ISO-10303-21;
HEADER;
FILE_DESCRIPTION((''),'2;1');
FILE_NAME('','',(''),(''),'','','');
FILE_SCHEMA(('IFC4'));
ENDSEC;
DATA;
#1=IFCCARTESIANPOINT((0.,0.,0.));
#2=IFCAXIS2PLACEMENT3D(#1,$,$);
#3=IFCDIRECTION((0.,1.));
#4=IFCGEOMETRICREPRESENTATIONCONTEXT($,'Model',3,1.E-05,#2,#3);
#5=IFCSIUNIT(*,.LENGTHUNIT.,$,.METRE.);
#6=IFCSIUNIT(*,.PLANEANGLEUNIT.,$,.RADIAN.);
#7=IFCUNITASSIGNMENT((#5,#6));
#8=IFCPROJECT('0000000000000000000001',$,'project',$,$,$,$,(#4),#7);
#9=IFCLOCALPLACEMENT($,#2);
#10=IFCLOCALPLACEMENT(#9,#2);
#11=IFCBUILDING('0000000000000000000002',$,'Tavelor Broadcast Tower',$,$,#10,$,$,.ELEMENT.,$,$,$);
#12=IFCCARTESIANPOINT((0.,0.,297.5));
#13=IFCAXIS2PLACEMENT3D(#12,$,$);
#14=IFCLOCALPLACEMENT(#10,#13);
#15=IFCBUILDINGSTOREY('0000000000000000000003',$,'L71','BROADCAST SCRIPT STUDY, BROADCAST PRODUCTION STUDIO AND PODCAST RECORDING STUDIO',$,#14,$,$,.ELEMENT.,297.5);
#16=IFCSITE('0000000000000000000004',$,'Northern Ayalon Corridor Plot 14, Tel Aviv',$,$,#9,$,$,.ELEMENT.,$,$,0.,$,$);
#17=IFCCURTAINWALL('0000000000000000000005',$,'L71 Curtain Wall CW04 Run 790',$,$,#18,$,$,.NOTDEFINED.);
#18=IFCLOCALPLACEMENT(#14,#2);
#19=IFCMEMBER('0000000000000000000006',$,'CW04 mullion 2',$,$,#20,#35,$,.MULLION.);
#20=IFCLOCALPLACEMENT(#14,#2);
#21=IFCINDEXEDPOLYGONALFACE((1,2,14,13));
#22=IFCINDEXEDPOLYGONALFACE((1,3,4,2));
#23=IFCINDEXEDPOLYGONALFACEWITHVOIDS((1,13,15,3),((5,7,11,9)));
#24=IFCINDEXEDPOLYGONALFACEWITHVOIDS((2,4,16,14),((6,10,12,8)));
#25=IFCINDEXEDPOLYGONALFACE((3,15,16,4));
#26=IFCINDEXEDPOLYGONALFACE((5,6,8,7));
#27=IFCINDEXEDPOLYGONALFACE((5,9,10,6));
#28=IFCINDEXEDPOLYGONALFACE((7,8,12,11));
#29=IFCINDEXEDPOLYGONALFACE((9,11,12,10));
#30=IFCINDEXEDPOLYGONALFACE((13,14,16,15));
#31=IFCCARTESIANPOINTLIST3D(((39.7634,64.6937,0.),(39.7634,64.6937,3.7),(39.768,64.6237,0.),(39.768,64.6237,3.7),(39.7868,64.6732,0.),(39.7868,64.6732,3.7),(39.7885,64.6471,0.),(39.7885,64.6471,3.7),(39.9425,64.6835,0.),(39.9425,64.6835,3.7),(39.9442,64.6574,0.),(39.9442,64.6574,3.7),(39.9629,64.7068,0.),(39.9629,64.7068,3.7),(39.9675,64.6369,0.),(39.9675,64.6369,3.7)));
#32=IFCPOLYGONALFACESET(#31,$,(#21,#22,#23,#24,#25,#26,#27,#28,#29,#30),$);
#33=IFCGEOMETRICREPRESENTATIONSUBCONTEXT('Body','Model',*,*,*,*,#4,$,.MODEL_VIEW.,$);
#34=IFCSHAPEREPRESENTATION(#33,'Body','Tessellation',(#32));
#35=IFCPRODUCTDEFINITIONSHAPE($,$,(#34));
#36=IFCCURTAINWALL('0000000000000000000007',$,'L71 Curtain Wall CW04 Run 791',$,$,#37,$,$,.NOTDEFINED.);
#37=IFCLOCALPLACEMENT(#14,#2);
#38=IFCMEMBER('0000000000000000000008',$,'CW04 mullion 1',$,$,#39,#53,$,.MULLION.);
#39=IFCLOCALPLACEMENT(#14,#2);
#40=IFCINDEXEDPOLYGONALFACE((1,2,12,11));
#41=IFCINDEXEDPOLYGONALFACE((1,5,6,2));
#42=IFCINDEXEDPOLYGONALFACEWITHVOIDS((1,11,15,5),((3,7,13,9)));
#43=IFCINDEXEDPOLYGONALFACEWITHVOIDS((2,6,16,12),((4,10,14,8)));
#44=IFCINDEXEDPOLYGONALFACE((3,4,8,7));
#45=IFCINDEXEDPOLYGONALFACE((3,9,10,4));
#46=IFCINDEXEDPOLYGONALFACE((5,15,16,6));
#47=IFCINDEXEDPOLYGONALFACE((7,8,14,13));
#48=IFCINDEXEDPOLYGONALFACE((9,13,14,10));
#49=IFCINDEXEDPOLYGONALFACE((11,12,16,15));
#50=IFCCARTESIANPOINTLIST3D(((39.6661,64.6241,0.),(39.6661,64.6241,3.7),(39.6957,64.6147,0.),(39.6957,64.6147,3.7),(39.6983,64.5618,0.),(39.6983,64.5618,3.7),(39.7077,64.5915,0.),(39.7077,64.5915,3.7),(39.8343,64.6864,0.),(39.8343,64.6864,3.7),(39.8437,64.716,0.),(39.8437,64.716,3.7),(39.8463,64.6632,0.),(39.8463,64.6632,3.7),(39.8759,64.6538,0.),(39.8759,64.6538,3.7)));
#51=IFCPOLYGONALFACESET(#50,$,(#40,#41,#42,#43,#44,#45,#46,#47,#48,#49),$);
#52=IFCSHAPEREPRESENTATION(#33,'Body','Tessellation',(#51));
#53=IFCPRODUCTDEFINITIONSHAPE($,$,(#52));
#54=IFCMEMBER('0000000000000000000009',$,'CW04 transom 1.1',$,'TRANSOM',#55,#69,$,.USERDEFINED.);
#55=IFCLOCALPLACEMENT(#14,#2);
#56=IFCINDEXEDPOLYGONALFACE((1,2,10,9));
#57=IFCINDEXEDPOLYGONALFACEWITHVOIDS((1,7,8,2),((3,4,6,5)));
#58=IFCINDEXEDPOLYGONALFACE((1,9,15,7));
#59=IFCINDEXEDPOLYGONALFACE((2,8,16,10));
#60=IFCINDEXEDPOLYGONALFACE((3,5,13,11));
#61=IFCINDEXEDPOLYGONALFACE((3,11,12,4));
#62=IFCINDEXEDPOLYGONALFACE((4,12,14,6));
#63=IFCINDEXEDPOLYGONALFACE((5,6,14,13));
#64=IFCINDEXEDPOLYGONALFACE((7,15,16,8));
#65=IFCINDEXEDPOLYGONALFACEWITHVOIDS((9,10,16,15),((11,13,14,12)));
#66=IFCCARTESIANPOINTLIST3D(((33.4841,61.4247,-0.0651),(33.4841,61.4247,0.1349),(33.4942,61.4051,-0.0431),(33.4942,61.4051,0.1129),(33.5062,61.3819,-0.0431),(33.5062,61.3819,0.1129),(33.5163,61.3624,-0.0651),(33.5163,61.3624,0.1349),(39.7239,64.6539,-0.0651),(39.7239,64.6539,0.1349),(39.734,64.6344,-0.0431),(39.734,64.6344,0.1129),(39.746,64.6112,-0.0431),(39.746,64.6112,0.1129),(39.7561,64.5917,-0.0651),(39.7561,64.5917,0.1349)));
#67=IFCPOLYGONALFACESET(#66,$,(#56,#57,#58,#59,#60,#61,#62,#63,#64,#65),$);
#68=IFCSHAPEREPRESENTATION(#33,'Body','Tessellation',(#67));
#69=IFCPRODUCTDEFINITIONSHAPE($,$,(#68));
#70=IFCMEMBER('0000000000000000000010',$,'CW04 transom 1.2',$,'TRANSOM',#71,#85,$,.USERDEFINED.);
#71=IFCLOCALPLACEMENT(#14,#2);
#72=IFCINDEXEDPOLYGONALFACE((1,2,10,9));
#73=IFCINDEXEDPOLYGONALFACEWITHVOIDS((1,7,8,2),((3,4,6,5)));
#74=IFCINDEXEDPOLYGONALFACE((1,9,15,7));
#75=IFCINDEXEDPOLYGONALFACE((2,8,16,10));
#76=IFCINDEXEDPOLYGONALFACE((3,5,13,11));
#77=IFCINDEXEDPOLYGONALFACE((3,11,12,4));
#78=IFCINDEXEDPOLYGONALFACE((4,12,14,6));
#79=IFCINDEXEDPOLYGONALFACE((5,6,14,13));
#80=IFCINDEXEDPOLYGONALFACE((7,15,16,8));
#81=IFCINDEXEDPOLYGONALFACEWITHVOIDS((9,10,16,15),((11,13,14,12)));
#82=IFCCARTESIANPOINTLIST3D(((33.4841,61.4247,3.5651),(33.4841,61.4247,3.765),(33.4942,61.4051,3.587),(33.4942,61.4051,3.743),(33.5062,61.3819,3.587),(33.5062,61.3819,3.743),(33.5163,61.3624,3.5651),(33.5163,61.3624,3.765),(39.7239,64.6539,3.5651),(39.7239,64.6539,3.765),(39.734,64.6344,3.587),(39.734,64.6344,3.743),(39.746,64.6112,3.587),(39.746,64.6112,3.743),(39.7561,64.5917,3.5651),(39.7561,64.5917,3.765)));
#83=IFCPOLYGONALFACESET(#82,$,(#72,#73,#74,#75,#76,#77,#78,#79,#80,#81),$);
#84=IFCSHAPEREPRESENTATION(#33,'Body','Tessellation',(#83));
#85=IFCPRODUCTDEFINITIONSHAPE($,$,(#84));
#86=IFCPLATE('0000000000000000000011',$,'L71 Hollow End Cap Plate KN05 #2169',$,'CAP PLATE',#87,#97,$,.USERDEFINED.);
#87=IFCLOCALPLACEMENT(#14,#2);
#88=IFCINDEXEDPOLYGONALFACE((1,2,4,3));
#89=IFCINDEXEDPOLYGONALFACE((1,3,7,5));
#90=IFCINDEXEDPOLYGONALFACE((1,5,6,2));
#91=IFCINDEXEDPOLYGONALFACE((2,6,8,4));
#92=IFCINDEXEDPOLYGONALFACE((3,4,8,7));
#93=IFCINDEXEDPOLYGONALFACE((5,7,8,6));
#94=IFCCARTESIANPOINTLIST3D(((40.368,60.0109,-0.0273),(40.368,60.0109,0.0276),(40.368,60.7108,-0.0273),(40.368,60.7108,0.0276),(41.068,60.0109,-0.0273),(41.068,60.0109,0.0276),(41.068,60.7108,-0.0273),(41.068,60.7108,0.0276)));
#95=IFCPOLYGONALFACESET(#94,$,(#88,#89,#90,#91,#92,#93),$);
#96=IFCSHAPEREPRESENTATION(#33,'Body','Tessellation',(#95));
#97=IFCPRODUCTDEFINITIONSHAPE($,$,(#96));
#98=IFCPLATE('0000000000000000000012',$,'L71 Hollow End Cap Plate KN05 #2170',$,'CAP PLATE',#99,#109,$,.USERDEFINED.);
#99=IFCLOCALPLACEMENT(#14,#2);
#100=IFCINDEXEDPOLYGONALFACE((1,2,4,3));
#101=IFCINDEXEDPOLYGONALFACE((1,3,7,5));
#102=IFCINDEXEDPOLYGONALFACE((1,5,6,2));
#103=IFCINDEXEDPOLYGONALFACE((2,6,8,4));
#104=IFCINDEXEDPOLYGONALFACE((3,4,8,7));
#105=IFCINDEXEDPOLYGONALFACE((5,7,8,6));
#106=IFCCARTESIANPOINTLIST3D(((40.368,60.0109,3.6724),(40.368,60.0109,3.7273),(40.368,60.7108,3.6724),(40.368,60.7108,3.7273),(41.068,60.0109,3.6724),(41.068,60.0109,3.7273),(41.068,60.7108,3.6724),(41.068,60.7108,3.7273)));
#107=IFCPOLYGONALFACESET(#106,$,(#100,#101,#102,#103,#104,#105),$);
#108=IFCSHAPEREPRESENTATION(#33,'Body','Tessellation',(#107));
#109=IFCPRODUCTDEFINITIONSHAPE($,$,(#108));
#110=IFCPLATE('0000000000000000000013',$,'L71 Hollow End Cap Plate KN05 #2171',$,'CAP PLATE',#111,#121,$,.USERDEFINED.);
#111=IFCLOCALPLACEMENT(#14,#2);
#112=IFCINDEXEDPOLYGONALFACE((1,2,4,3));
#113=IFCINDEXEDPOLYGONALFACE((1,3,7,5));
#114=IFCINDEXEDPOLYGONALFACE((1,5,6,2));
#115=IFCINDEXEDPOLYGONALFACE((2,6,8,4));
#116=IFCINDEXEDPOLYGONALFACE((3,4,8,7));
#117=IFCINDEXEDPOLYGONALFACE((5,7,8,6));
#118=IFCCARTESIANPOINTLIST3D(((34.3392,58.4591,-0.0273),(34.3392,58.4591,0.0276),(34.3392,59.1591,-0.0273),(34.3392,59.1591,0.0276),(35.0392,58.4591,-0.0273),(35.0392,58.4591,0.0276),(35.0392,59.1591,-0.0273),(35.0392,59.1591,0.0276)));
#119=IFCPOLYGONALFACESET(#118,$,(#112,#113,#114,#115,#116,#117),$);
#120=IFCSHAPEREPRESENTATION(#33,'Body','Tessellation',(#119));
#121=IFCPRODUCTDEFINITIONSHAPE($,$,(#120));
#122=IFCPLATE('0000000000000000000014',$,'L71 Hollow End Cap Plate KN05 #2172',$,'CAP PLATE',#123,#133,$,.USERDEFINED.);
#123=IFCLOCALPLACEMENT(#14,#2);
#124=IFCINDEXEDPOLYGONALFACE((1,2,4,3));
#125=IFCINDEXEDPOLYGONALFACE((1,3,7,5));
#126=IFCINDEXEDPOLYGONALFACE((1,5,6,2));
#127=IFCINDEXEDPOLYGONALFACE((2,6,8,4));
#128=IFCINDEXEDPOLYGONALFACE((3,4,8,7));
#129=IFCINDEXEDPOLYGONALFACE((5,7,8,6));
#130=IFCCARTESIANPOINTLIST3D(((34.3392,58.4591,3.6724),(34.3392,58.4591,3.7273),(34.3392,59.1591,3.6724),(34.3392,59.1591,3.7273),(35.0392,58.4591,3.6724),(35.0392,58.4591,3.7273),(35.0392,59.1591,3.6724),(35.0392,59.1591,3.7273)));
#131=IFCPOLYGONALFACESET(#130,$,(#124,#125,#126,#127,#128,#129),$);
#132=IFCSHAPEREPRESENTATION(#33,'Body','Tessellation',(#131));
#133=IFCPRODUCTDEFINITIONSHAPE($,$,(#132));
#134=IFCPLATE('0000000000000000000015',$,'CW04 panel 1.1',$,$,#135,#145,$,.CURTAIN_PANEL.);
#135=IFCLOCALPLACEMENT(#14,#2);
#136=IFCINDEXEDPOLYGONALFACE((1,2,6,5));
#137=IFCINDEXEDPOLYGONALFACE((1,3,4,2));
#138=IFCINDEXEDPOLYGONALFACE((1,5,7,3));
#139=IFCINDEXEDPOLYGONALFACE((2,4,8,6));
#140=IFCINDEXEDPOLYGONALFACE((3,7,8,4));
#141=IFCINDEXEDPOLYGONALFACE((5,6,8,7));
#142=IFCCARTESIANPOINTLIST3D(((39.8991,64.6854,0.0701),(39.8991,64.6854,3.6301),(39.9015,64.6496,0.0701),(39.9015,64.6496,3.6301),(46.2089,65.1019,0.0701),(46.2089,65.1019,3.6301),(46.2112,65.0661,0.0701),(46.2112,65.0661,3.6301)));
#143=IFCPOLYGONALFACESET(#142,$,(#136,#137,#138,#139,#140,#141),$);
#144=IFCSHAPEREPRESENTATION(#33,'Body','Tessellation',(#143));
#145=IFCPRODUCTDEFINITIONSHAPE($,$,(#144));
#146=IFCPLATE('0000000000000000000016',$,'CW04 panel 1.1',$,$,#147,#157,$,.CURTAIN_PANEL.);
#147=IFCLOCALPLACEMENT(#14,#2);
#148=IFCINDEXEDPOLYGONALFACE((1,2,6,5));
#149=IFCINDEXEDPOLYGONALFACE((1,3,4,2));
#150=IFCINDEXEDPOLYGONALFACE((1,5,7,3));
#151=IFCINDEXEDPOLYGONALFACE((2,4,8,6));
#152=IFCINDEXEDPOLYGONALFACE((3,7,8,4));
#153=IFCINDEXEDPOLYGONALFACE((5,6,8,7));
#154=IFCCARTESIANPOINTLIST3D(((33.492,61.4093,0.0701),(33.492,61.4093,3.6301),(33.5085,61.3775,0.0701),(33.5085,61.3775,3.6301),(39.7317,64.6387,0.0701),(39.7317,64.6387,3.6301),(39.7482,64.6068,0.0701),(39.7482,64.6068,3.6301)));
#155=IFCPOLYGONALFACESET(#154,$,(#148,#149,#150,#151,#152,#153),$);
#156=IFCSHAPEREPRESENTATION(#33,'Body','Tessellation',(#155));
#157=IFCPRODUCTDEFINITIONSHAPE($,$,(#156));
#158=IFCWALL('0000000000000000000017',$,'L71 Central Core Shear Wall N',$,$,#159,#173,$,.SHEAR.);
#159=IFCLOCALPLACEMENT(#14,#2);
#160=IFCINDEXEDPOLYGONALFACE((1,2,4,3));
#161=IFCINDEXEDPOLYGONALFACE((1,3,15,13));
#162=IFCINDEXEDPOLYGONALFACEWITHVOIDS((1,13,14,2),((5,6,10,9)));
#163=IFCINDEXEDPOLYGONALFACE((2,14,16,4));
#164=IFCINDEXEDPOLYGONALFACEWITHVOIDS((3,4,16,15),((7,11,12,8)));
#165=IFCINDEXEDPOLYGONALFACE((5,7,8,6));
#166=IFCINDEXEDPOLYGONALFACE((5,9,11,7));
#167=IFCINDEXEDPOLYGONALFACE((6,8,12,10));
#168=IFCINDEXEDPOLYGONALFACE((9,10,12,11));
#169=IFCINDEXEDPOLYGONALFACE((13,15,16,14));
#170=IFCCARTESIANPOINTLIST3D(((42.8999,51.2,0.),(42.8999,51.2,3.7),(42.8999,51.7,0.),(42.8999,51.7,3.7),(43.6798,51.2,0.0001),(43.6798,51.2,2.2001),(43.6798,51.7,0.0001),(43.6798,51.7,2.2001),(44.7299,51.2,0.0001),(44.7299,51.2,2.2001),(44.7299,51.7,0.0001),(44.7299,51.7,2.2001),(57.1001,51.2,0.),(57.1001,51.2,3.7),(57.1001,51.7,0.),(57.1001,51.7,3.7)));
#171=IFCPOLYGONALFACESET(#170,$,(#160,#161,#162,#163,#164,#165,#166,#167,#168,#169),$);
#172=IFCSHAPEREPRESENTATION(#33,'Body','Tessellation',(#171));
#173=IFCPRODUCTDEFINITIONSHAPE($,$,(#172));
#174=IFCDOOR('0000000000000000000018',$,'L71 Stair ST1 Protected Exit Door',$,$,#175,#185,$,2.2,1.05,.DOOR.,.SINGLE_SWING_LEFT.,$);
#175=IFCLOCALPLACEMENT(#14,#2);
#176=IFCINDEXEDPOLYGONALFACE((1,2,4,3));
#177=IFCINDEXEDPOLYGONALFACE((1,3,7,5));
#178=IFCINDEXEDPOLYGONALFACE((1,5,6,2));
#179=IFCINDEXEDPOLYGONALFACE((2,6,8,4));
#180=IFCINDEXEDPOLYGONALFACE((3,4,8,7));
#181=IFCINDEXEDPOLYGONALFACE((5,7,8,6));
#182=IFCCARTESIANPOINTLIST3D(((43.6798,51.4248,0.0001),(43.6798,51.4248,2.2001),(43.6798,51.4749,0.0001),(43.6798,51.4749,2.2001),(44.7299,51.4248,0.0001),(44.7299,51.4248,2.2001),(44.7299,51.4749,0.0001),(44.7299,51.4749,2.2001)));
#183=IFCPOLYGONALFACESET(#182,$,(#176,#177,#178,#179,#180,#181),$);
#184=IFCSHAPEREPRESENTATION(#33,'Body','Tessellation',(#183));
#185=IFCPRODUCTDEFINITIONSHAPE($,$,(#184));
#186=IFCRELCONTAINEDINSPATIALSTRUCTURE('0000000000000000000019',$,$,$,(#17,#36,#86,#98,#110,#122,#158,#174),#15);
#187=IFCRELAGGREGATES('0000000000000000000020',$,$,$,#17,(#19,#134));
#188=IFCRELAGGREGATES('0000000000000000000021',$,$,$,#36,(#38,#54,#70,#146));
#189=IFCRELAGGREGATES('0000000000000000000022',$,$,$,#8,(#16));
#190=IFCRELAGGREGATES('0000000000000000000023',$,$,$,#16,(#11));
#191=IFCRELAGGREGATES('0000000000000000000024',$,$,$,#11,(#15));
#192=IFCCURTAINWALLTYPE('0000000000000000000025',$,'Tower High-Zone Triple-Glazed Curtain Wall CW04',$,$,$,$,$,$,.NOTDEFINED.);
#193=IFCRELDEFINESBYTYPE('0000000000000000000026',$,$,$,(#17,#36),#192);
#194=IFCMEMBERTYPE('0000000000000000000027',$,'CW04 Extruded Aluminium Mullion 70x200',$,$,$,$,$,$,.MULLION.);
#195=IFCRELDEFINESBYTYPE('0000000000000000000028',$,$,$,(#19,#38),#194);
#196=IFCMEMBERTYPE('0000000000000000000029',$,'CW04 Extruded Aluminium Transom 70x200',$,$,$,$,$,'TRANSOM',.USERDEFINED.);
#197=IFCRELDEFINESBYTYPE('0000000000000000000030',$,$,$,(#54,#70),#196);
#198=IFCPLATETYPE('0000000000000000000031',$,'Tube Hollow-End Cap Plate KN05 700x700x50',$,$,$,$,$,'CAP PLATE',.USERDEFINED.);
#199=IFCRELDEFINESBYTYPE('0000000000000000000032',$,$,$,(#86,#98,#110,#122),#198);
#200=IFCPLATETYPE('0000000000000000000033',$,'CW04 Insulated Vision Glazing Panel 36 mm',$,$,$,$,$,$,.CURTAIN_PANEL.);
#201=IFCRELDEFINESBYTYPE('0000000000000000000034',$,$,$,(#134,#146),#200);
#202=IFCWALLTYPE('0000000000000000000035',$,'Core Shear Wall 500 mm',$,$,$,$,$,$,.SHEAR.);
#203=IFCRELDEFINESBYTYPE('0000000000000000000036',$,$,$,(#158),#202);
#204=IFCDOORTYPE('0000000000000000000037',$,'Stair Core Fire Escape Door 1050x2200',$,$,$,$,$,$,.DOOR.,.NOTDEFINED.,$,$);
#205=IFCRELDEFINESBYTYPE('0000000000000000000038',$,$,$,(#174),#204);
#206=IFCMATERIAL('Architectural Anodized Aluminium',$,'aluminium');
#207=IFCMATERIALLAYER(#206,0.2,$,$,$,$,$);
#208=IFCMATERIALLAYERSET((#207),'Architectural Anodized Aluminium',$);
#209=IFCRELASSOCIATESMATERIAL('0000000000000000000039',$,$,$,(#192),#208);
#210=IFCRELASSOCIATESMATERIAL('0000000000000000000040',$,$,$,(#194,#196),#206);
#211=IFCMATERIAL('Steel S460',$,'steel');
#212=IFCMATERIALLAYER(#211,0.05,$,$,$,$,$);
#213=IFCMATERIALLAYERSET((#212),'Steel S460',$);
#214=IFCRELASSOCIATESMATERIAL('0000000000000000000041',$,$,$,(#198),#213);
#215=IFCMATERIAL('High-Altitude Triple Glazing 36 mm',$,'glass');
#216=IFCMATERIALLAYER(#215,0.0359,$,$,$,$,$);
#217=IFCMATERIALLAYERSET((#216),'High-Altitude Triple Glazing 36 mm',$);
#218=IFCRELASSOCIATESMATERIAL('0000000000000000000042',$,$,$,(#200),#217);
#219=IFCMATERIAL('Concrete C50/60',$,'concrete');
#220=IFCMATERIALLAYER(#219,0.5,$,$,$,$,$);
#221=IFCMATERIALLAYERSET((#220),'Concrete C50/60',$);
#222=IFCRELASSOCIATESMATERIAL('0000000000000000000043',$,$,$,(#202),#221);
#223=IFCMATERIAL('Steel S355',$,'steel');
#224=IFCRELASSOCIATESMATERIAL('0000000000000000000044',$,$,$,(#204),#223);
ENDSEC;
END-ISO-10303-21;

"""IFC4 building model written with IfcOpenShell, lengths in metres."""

from ifc_helpers import new_model, si_unit, direction, frame, frame_2d, origin, origin_2d, place, context, subcontext, project, spatial, rectangle, hollow_rectangle, extrude, source, transform, mapped, material, layer, layer_set, material_profile, profile_set, type_object, type_shapes, element, fill, aggregate, save


model = new_model("IFC4")

# Units and contexts
model_context = context("Model", 3, precision=1e-05, world=origin(), true_north=direction((0.0, 1.0)))
body_context = subcontext(model_context, "Body", "Model", "MODEL_VIEW")
ifc_project = project(units=[si_unit("LENGTHUNIT", "METRE"), si_unit("PLANEANGLEUNIT", "RADIAN")], contexts=[model_context])

# Site, building, storey
site_placement = place(None, origin())
site = spatial("IfcSite", under=ifc_project, at=site_placement, Name="Northern Ayalon Corridor Plot 14, Tel Aviv", CompositionType="ELEMENT", RefElevation=0.0)
building_placement = place(site_placement, origin())
building = spatial("IfcBuilding", under=site, at=building_placement, Name="Tavelor Broadcast Tower", CompositionType="ELEMENT")
storey_placement = place(building_placement, frame((0.0, 0.0, 297.5)))
storey = spatial("IfcBuildingStorey", under=building, at=storey_placement, Name="L71", Description="BROADCAST SCRIPT STUDY, BROADCAST PRODUCTION STUDIO AND PODCAST RECORDING STUDIO", CompositionType="ELEMENT", Elevation=297.5)

# Shared definitions
ifc_material_1 = material(Name="Steel S460", Category="steel")

# Shared definitions
ifc_material_2 = material(Name="Steel S355", Category="steel")

# Curtain wall, member
ifc_material_3 = material(Name="Architectural Anodized Aluminium", Category="aluminium")
ifc_layer_1 = layer(ifc_material_3, 0.2)
ifc_layer_set_1 = layer_set([ifc_layer_1], Name="Architectural Anodized Aluminium")
curtain_wall_type = type_object("IfcCurtainWallType", Name="Tower High-Zone Triple-Glazed Curtain Wall CW04", PredefinedType="NOTDEFINED", material=ifc_layer_set_1)
curtain_wall_1_placement = place(storey_placement, origin())
curtain_wall_1 = element("IfcCurtainWall", 1, at=curtain_wall_1_placement, inside=storey, type_object=curtain_wall_type, Name="L71 Curtain Wall CW04 Run 790", PredefinedType="NOTDEFINED")
ifc_material_profile_1 = material_profile(ifc_material_3, hollow_rectangle(XDim=0.0701, YDim=0.2, WallThickness=0.022, at=origin_2d()), Name="RHS 70x200x22")
ifc_profile_set_1 = profile_set([ifc_material_profile_1], Name="Architectural Anodized Aluminium")
member_type_1 = type_object("IfcMemberType", Name="CW04 Extruded Aluminium Mullion 70x200", PredefinedType="MULLION", material=ifc_profile_set_1)
shared_shape_1 = source(origin(), body_context, "Body", "SweptSolid", [
    extrude(hollow_rectangle(XDim=0.0701, YDim=0.2, WallThickness=0.022, at=origin_2d()), origin(), (0.0, 0.0, 1.0), 3.7),
])
type_shapes(member_type_1, [shared_shape_1])
member_1_placement = place(storey_placement, frame((39.8655, 64.6653, 0.0), z_axis=(0.0, 0.0, 1.0), x_axis=(0.065863, -0.997829, 0.0)))
member_1 = element("IfcMember", 2, at=member_1_placement, type_object=member_type_1, Name="CW04 mullion 2", PredefinedType="MULLION", context=body_context, shape_type="MappedRepresentation", body=[
    mapped(shared_shape_1, transform((0.0, 0.0, 0.0), scale=1.0)),
])

# Curtain wall, members
curtain_wall_2_placement = place(storey_placement, origin())
curtain_wall_2 = element("IfcCurtainWall", 3, at=curtain_wall_2_placement, inside=storey, type_object=curtain_wall_type, Name="L71 Curtain Wall CW04 Run 791", PredefinedType="NOTDEFINED")
member_2_placement = place(storey_placement, frame((39.771, 64.6389, 0.0), z_axis=(0.0, 0.0, 1.0), x_axis=(0.459635, -0.888108, 0.0)))
member_2 = element("IfcMember", 4, at=member_2_placement, type_object=member_type_1, Name="CW04 mullion 1", PredefinedType="MULLION", context=body_context, shape_type="MappedRepresentation", body=[
    mapped(shared_shape_1, transform((0.0, 0.0, 0.0), scale=1.0)),
])
ifc_material_profile_2 = material_profile(ifc_material_3, hollow_rectangle(XDim=0.0701, YDim=0.2, WallThickness=0.022, at=origin_2d()), Name="RHS 70x200x22")
ifc_profile_set_2 = profile_set([ifc_material_profile_2], Name="Architectural Anodized Aluminium")
member_type_2 = type_object("IfcMemberType", Name="CW04 Extruded Aluminium Transom 70x200", ElementType="TRANSOM", PredefinedType="USERDEFINED", material=ifc_profile_set_2)
shared_shape_2 = source(origin(), body_context, "Body", "SweptSolid", [
    extrude(hollow_rectangle(XDim=0.0701, YDim=0.2, WallThickness=0.022, at=origin_2d()), origin(), (0.0, 0.0, 1.0), 7.0259),
])
type_shapes(member_type_2, [shared_shape_2])
member_3_placement = place(storey_placement, frame((39.74, 64.6228, 0.0349), z_axis=(-0.888113, -0.459624, 0.0), x_axis=(0.459624, -0.888113, 0.0)))
member_3 = element("IfcMember", 5, at=member_3_placement, type_object=member_type_2, Name="CW04 transom 1.1", ObjectType="TRANSOM", PredefinedType="USERDEFINED", context=body_context, shape_type="MappedRepresentation", body=[
    mapped(shared_shape_2, transform((0.0, 0.0, 0.0), scale=1.0)),
])
member_4_placement = place(storey_placement, frame((39.74, 64.6228, 3.665), z_axis=(-0.888113, -0.459624, 0.0), x_axis=(0.459624, -0.888113, 0.0)))
member_4 = element("IfcMember", 6, at=member_4_placement, type_object=member_type_2, Name="CW04 transom 1.2", ObjectType="TRANSOM", PredefinedType="USERDEFINED", context=body_context, shape_type="MappedRepresentation", body=[
    mapped(shared_shape_2, transform((0.0, 0.0, 0.0), scale=1.0)),
])

# Plates
ifc_layer_2 = layer(ifc_material_1, 0.05)
ifc_layer_set_2 = layer_set([ifc_layer_2], Name="Steel S460")
plate_type_1 = type_object("IfcPlateType", Name="Tube Hollow-End Cap Plate KN05 700x700x50", ElementType="CAP PLATE", PredefinedType="USERDEFINED", material=ifc_layer_set_2)
shared_shape_3 = source(origin(), body_context, "Body", "SweptSolid", [
    extrude(rectangle(XDim=0.7, YDim=0.7, at=origin_2d()), origin(), (0.0, 0.0, 1.0), 0.0549),
])
type_shapes(plate_type_1, [shared_shape_3])
for number, where, z_axis, x_axis, name in (
    (7, (40.718, 60.3608, -0.0273), (0.0, 0.0, 1.0), (1.0, 0.0, 0.0), "L71 Hollow End Cap Plate KN05 #2169"),
    (8, (40.718, 60.3608, 3.6724), (0.0, 0.0, 1.0), (1.0, 0.0, 0.0), "L71 Hollow End Cap Plate KN05 #2170"),
    (9, (34.6892, 58.8091, -0.0273), (0.0, 0.0, 1.0), (1.0, 0.0, 0.0), "L71 Hollow End Cap Plate KN05 #2171"),
    (10, (34.6892, 58.8091, 3.6724), (0.0, 0.0, 1.0), (1.0, 0.0, 0.0), "L71 Hollow End Cap Plate KN05 #2172"),
):
    element("IfcPlate", number, at=place(storey_placement, frame(where, z_axis=z_axis, x_axis=x_axis)), inside=storey, type_object=plate_type_1, Name=name, ObjectType="CAP PLATE", PredefinedType="USERDEFINED", context=body_context, shape_type="MappedRepresentation", body=[
        mapped(shared_shape_3, transform((0.0, 0.0, 0.0), scale=1.0)),
    ])

# Plates
ifc_material_4 = material(Name="High-Altitude Triple Glazing 36 mm", Category="glass")
ifc_layer_3 = layer(ifc_material_4, 0.0359)
ifc_layer_set_3 = layer_set([ifc_layer_3], Name="High-Altitude Triple Glazing 36 mm")
plate_type_2 = type_object("IfcPlateType", Name="CW04 Insulated Vision Glazing Panel 36 mm", PredefinedType="CURTAIN_PANEL", material=ifc_layer_set_3)
shared_shape_4 = source(origin(), body_context, "Body", "SweptSolid", [
    extrude(rectangle(XDim=6.3235, YDim=0.0359, at=origin_2d()), origin(), (0.0, 0.0, 1.0), 3.5601),
])
plate_1_placement = place(storey_placement, frame((43.0552, 64.8757, 0.0701), z_axis=(0.0, 0.0, 1.0), x_axis=(-0.997829, -0.065863, 0.0)))
plate_1 = element("IfcPlate", 11, at=plate_1_placement, type_object=plate_type_2, Name="CW04 panel 1.1", PredefinedType="CURTAIN_PANEL", context=body_context, shape_type="MappedRepresentation", body=[
    mapped(shared_shape_4, transform((0.0, 0.0, 0.0), scale=1.0)),
])
aggregate(curtain_wall_1, [member_1, plate_1])
shared_shape_5 = source(origin(), body_context, "Body", "SweptSolid", [
    extrude(rectangle(XDim=7.0259, YDim=0.0359, at=origin_2d()), origin(), (0.0, 0.0, 1.0), 3.5601),
])
type_shapes(plate_type_2, [shared_shape_4, shared_shape_5])
plate_2_placement = place(storey_placement, frame((36.6201, 63.0081, 0.0701), z_axis=(0.0, 0.0, 1.0), x_axis=(-0.888108, -0.459635, 0.0)))
plate_2 = element("IfcPlate", 12, at=plate_2_placement, type_object=plate_type_2, Name="CW04 panel 1.1", PredefinedType="CURTAIN_PANEL", context=body_context, shape_type="MappedRepresentation", body=[
    mapped(shared_shape_5, transform((0.0, 0.0, 0.0), scale=1.0)),
])
aggregate(curtain_wall_2, [member_2, member_3, member_4, plate_2])

# Wall, opening, door
ifc_material_5 = material(Name="Concrete C50/60", Category="concrete")
ifc_layer_4 = layer(ifc_material_5, 0.5)
ifc_layer_set_4 = layer_set([ifc_layer_4], Name="Concrete C50/60")
wall_type = type_object("IfcWallType", Name="Core Shear Wall 500 mm", PredefinedType="SHEAR", material=ifc_layer_set_4)
wall_placement = place(storey_placement, frame((42.8999, 51.45, 0.0), z_axis=(0.0, 0.0, 1.0), x_axis=(1.0, 0.0, 0.0)))
wall = element("IfcWall", 13, at=wall_placement, inside=storey, type_object=wall_type, Name="L71 Central Core Shear Wall N", PredefinedType="SHEAR", context=body_context, shape_type="SweptSolid", body=[
    extrude(rectangle(XDim=14.2002, YDim=0.5, at=frame_2d((7.1001, 0.0))), origin(), (0.0, 0.0, 1.0), 3.7),
])
opening_placement = place(wall_placement, frame((0.78, 0.0, 0.0)))
opening = element("IfcOpeningElement", 14, at=opening_placement, cuts=wall, PredefinedType="OPENING", context=body_context, shape_type="SweptSolid", body=[
    extrude(rectangle(XDim=1.05, YDim=2.2, at=frame_2d((0.5249, 1.1001))), frame((0.0, 0.26, 0.0), z_axis=(0.0, -1.0, 0.0), x_axis=(1.0, 0.0, 0.0)), (0.0, 0.0, 1.0), 0.52),
])
door_type = type_object("IfcDoorType", Name="Stair Core Fire Escape Door 1050x2200", OperationType="NOTDEFINED", PredefinedType="DOOR", material=ifc_material_2)
door_placement = place(opening_placement, origin())
door = element("IfcDoor", 15, at=door_placement, inside=storey, type_object=door_type, Name="L71 Stair ST1 Protected Exit Door", OperationType="SINGLE_SWING_LEFT", OverallHeight=2.2, OverallWidth=1.05, PredefinedType="DOOR", context=body_context, shape_type="SweptSolid", body=[
    extrude(rectangle(XDim=1.05, YDim=2.2, at=frame_2d((0.5249, 1.1001))), frame((0.0, 0.0249, 0.0), z_axis=(0.0, -1.0, 0.0), x_axis=(1.0, 0.0, 0.0)), (0.0, 0.0, 1.0), 0.05),
])
fill(opening, door)

save(model, "model.ifc")
